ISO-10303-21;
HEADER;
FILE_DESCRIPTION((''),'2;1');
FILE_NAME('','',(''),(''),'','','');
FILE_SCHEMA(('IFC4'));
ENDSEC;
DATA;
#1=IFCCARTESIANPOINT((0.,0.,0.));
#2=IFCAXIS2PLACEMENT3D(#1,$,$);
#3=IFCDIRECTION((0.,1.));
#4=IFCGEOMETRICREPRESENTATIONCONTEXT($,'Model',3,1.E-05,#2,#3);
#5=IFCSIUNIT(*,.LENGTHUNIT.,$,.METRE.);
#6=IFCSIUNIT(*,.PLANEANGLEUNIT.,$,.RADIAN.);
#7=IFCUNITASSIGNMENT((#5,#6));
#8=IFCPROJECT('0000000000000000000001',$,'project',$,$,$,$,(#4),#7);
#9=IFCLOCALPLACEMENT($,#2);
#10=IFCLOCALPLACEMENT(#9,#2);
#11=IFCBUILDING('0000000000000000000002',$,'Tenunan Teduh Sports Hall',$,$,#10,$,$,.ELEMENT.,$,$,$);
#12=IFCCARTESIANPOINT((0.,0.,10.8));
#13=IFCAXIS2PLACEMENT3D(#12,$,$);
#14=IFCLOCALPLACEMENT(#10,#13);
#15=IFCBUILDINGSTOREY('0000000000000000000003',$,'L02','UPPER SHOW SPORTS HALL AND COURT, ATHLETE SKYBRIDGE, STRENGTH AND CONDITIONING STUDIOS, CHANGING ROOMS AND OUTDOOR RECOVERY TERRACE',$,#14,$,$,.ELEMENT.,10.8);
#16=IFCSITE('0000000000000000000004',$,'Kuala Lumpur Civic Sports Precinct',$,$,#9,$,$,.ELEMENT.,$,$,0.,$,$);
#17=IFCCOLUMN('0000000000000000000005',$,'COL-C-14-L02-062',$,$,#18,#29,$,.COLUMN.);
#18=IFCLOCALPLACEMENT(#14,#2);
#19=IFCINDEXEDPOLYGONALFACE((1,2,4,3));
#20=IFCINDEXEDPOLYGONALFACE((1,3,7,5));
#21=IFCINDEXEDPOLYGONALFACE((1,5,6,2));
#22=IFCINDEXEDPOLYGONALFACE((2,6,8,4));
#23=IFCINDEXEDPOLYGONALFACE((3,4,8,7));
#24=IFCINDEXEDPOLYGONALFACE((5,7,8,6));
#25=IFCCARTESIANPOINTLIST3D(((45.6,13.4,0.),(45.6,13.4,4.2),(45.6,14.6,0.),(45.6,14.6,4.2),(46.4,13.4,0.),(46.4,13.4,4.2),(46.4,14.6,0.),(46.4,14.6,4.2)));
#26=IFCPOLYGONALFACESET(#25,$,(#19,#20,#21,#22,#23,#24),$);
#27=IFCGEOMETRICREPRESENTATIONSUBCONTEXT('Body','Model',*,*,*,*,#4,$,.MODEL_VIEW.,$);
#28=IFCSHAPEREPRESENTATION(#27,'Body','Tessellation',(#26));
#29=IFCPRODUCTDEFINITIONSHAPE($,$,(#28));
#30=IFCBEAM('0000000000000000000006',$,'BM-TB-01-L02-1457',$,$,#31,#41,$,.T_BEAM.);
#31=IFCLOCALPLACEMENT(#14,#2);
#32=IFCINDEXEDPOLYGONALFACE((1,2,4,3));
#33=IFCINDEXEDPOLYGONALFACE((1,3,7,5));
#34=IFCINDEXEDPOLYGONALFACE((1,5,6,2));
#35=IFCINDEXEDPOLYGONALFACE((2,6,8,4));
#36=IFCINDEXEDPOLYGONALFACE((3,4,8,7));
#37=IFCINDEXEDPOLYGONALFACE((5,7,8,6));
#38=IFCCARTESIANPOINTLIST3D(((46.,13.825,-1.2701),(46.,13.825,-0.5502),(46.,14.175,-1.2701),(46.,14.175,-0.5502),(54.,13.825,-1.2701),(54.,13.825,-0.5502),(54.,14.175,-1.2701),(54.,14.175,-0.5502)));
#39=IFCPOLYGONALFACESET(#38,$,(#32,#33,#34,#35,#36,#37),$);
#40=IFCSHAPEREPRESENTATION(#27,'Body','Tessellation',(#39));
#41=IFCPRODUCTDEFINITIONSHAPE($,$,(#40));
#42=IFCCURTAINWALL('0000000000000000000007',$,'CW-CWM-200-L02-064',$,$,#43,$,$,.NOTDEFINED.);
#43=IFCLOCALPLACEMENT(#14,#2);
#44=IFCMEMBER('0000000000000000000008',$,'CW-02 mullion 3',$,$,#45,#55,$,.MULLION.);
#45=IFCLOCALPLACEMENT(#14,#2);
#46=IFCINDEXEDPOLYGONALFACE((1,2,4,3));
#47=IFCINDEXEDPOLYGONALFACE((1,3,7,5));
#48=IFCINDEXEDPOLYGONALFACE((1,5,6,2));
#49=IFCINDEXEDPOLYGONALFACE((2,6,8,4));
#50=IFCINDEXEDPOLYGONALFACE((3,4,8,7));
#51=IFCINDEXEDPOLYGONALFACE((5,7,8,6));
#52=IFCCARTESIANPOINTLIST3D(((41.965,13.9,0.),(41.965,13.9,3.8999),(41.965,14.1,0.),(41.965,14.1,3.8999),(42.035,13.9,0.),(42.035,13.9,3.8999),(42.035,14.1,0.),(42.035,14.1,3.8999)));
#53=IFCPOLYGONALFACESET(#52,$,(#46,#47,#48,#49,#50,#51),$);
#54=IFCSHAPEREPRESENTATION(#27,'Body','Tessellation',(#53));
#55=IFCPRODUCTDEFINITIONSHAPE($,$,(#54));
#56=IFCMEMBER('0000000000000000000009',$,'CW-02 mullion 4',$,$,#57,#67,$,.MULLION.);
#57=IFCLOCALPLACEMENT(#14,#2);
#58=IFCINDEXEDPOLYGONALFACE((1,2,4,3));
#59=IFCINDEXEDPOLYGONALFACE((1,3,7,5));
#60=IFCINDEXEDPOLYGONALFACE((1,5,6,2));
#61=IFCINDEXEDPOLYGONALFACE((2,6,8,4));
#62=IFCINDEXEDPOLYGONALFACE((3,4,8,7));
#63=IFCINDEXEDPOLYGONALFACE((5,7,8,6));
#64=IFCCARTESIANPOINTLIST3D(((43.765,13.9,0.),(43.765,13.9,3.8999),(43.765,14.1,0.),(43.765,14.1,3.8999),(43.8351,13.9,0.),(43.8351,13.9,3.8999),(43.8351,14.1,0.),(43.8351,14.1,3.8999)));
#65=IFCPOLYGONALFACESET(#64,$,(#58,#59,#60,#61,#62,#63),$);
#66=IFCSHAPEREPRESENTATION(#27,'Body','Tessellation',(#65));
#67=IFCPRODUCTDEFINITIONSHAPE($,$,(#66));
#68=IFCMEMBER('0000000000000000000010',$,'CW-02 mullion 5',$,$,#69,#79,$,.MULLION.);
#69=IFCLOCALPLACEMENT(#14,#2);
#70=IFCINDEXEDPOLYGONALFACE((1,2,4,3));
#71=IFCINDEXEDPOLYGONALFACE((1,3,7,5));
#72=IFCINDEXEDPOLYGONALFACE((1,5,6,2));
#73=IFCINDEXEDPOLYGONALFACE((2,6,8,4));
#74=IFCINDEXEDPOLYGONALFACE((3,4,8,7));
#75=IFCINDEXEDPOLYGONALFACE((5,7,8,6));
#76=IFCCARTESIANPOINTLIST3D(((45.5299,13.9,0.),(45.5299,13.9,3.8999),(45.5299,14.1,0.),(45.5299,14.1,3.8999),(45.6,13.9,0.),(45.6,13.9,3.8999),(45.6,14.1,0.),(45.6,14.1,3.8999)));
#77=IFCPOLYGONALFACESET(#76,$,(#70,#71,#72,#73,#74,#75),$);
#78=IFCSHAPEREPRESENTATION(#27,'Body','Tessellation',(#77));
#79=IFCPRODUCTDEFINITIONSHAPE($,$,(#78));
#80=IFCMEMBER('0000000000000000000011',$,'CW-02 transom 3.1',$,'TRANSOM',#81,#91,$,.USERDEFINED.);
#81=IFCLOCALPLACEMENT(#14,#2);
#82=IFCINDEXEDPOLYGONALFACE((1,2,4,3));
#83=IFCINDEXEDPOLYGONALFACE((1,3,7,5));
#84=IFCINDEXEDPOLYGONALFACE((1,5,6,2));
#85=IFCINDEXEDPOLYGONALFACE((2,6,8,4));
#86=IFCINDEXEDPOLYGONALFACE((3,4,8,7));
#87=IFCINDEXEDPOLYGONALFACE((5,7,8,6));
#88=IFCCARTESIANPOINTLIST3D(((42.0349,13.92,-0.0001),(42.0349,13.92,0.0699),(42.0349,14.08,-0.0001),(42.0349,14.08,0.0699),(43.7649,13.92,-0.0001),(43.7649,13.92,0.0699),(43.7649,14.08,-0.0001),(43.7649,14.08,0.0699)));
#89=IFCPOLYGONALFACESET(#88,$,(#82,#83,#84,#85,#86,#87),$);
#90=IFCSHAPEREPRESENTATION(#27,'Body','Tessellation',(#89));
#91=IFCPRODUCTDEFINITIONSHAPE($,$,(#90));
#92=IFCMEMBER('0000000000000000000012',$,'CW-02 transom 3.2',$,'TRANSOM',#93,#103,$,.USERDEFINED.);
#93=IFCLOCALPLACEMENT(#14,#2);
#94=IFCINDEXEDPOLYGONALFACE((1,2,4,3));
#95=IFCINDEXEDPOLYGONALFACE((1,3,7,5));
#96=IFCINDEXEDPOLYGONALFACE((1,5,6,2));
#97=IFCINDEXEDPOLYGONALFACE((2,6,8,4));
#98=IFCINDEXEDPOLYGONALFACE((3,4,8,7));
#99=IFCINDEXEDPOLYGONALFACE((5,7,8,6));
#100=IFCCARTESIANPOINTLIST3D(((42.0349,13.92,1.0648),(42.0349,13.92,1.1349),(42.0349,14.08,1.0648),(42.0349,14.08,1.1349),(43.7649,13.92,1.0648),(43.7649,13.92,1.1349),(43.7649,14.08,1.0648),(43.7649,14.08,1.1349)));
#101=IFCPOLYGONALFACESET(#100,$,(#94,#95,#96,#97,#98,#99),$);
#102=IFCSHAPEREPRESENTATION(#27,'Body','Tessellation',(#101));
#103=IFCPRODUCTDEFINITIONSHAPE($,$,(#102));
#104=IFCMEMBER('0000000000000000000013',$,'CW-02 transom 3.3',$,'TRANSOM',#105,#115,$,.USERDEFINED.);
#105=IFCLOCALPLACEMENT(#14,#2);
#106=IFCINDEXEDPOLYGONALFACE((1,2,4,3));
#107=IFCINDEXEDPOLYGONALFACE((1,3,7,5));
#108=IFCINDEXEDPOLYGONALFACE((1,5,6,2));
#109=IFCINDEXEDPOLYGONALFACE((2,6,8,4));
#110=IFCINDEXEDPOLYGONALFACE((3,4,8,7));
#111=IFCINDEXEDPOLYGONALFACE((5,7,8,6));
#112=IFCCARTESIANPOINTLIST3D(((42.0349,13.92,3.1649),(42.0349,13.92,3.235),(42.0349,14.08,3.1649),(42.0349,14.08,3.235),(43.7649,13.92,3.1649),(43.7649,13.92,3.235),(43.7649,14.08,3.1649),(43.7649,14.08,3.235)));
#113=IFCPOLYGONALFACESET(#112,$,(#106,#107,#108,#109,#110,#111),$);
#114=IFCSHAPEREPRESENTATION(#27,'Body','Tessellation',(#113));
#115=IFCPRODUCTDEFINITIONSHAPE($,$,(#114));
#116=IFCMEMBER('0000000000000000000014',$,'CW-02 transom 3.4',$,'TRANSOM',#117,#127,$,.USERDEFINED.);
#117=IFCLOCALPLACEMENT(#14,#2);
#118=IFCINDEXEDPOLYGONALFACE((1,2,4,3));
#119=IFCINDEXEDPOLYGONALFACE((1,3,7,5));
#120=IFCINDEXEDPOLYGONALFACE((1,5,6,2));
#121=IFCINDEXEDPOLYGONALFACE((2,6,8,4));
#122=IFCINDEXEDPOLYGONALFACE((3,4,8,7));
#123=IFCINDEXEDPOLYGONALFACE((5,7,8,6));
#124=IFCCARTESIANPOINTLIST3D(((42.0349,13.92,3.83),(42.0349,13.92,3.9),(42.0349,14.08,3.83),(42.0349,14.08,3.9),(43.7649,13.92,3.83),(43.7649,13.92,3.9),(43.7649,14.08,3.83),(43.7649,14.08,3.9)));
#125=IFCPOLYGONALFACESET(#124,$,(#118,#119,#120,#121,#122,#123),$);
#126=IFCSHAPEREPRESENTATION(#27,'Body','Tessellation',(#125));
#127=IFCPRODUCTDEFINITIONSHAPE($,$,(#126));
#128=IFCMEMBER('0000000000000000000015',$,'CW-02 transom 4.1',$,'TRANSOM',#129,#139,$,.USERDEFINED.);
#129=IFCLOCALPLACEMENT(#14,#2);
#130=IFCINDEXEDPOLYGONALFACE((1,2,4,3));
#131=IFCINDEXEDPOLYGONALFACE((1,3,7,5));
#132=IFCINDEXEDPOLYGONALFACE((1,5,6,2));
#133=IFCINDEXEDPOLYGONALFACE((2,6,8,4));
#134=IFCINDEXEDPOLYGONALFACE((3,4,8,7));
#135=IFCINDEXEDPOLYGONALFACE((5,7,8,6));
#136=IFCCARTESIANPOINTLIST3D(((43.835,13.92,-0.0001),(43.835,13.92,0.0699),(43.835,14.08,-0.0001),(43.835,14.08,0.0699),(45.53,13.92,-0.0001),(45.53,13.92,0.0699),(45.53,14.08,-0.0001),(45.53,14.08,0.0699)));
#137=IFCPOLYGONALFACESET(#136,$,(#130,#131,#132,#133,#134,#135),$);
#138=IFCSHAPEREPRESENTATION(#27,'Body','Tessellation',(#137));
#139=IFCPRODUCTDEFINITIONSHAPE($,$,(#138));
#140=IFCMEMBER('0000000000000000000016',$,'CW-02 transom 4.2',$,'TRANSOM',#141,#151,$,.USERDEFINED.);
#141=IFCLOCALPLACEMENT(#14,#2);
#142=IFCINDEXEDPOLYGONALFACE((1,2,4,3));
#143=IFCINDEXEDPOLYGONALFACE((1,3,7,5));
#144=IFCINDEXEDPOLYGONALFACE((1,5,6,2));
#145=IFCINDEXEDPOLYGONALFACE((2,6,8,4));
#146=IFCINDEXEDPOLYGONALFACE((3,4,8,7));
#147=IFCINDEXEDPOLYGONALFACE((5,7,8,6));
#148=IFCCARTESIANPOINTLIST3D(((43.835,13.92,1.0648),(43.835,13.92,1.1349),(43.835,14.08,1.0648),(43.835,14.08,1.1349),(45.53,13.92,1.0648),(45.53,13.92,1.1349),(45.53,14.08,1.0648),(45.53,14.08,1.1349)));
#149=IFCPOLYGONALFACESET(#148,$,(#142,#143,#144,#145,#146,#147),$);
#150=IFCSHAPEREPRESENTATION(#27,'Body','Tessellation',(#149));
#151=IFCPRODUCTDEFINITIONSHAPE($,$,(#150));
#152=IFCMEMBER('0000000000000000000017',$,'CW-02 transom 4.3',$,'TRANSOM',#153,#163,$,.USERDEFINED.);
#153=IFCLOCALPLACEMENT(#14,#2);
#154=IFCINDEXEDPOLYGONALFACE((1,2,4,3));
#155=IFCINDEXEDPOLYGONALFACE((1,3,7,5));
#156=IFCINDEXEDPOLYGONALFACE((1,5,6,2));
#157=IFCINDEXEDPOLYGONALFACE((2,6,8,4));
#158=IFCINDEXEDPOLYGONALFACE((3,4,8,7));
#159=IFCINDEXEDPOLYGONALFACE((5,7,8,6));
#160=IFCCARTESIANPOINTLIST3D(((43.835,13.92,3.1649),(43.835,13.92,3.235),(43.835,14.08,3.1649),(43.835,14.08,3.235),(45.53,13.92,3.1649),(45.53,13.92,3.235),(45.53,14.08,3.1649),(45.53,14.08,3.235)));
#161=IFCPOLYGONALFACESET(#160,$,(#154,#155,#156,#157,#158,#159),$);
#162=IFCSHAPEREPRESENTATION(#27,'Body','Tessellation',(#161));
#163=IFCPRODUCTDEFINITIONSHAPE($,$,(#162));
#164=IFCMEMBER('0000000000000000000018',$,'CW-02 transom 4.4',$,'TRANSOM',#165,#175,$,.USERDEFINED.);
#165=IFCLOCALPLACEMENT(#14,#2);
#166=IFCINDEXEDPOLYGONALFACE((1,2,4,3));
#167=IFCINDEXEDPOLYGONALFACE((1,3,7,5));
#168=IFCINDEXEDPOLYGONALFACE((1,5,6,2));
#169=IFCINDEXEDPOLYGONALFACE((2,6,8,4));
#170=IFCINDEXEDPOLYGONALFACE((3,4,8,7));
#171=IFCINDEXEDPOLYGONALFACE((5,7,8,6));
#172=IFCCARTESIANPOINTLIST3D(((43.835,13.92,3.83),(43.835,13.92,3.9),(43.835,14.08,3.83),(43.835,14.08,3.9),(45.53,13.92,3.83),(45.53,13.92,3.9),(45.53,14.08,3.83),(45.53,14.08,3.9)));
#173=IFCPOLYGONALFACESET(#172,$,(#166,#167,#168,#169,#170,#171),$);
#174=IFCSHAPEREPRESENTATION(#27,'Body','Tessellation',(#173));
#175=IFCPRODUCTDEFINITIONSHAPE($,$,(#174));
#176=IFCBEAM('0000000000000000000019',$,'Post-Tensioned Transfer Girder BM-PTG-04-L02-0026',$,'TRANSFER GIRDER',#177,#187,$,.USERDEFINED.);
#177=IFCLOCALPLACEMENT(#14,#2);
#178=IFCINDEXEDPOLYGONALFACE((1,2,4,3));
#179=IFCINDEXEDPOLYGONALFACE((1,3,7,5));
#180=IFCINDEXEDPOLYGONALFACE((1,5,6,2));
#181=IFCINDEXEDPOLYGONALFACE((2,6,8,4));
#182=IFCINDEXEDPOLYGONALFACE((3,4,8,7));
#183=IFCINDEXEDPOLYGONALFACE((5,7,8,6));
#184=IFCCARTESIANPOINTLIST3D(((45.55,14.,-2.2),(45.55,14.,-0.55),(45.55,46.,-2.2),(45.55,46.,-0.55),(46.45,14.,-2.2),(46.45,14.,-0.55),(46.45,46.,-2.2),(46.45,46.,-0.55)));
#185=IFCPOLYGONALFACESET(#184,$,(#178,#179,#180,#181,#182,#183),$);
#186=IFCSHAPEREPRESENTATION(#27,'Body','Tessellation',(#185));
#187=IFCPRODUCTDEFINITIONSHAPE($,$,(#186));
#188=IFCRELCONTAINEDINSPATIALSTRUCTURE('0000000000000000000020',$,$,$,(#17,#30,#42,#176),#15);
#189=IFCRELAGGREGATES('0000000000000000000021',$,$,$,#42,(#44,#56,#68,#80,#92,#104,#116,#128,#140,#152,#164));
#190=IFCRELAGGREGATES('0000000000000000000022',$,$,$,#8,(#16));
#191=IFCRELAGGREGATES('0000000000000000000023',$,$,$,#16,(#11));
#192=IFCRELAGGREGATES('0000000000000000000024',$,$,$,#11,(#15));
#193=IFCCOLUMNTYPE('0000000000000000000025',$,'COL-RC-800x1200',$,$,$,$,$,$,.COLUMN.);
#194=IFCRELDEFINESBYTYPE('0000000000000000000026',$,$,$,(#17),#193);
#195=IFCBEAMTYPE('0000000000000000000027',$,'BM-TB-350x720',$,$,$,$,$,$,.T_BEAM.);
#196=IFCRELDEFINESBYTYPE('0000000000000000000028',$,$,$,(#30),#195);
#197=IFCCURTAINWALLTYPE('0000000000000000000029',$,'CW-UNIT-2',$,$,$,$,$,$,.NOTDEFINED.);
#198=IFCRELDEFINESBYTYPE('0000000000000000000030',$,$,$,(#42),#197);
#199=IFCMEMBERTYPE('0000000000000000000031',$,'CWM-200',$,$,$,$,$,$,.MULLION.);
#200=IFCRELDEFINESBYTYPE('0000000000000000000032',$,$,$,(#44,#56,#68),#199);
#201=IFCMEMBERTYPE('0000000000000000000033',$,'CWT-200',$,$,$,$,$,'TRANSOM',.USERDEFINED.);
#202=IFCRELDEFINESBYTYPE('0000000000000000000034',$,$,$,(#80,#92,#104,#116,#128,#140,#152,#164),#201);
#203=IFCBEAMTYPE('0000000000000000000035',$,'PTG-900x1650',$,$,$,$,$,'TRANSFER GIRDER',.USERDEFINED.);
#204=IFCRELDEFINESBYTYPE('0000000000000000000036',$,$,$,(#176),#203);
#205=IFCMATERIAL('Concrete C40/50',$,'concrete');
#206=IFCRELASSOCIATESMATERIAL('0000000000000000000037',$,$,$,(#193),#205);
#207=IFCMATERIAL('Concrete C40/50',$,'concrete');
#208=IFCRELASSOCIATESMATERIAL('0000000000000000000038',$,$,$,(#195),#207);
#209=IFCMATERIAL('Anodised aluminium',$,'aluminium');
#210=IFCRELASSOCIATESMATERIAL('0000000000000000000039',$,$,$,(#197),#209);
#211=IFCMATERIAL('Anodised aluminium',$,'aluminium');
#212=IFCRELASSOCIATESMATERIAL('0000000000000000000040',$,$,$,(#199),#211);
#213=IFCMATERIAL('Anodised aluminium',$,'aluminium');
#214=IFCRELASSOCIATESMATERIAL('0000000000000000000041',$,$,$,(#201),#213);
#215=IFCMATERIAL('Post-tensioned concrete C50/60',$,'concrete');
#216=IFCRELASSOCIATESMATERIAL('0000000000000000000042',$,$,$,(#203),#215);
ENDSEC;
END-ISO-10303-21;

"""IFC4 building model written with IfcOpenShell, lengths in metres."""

from ifc_helpers import new_model, si_unit, direction, frame, origin, origin_2d, place, context, subcontext, project, spatial, rectangle, extrude, material, material_profile, profile_set, type_object, element, aggregate, save


model = new_model("IFC4")

# Units and contexts
model_context = context("Model", 3, precision=1e-05, world=origin(), true_north=direction((0.0, 1.0)))
body_context = subcontext(model_context, "Body", "Model", "MODEL_VIEW")
ifc_project = project(units=[si_unit("LENGTHUNIT", "METRE"), si_unit("PLANEANGLEUNIT", "RADIAN")], contexts=[model_context])

# Site, building, storey
site_placement = place(None, origin())
site = spatial("IfcSite", under=ifc_project, at=site_placement, Name="Kuala Lumpur Civic Sports Precinct", CompositionType="ELEMENT", RefElevation=0.0)
building_placement = place(site_placement, origin())
building = spatial("IfcBuilding", under=site, at=building_placement, Name="Tenunan Teduh Sports Hall", CompositionType="ELEMENT")
storey_placement = place(building_placement, frame((0.0, 0.0, 10.8)))
storey = spatial("IfcBuildingStorey", under=building, at=storey_placement, Name="L02", Description="UPPER SHOW SPORTS HALL AND COURT, ATHLETE SKYBRIDGE, STRENGTH AND CONDITIONING STUDIOS, CHANGING ROOMS AND OUTDOOR RECOVERY TERRACE", CompositionType="ELEMENT", Elevation=10.8)

# Column
ifc_material_1 = material(Name="Concrete C40/50", Category="concrete")
ifc_material_profile_1 = material_profile(ifc_material_1, rectangle(XDim=0.8, YDim=1.2, at=origin_2d()), Name="RC 800x1200")
ifc_profile_set_1 = profile_set([ifc_material_profile_1], Name="Concrete C40/50")
column_type = type_object("IfcColumnType", Name="COL-RC-800x1200", PredefinedType="COLUMN", material=ifc_profile_set_1)
column_placement = place(storey_placement, frame((46.0, 14.0, 0.0), z_axis=(0.0, 0.0, 1.0), x_axis=(1.0, 0.0, 0.0)))
element("IfcColumn", 1, at=column_placement, inside=storey, type_object=column_type, Name="COL-C-14-L02-062", PredefinedType="COLUMN", context=body_context, shape_type="SweptSolid", body=[
    extrude(rectangle(XDim=0.8, YDim=1.2, at=origin_2d()), origin(), (0.0, 0.0, 1.0), 4.2),
])

# Beam
ifc_material_2 = material(Name="Concrete C40/50", Category="concrete")
ifc_material_profile_2 = material_profile(ifc_material_2, rectangle(XDim=0.3501, YDim=0.72, at=origin_2d()), Name="TB 350x720")
ifc_profile_set_2 = profile_set([ifc_material_profile_2], Name="Concrete C40/50")
beam_type_1 = type_object("IfcBeamType", Name="BM-TB-350x720", PredefinedType="T_BEAM", material=ifc_profile_set_2)
beam_1_placement = place(storey_placement, frame((46.0, 14.0, -0.9102), z_axis=(1.0, 0.0, 0.0), x_axis=(0.0, 1.0, 0.0)))
element("IfcBeam", 2, at=beam_1_placement, inside=storey, type_object=beam_type_1, Name="BM-TB-01-L02-1457", PredefinedType="T_BEAM", context=body_context, shape_type="SweptSolid", body=[
    extrude(rectangle(XDim=0.3501, YDim=0.72, at=origin_2d()), origin(), (0.0, 0.0, 1.0), 8.0),
])

# Curtain wall, members
ifc_material_3 = material(Name="Anodised aluminium", Category="aluminium")
curtain_wall_type = type_object("IfcCurtainWallType", Name="CW-UNIT-2", PredefinedType="NOTDEFINED", material=ifc_material_3)
curtain_wall_placement = place(storey_placement, origin())
curtain_wall = element("IfcCurtainWall", 3, at=curtain_wall_placement, inside=storey, type_object=curtain_wall_type, Name="CW-CWM-200-L02-064", PredefinedType="NOTDEFINED")
ifc_material_4 = material(Name="Anodised aluminium", Category="aluminium")
ifc_material_profile_3 = material_profile(ifc_material_4, rectangle(XDim=0.0701, YDim=0.2, at=origin_2d()), Name="CWM 70x200")
ifc_profile_set_3 = profile_set([ifc_material_profile_3], Name="Anodised aluminium")
member_type_1 = type_object("IfcMemberType", Name="CWM-200", PredefinedType="MULLION", material=ifc_profile_set_3)
member_1_placement = place(storey_placement, frame((42.0, 14.0, 0.0), z_axis=(0.0, 0.0, 1.0), x_axis=(1.0, 0.0, 0.0)))
member_1 = element("IfcMember", 4, at=member_1_placement, type_object=member_type_1, Name="CW-02 mullion 3", PredefinedType="MULLION", context=body_context, shape_type="SweptSolid", body=[
    extrude(rectangle(XDim=0.0701, YDim=0.2, at=origin_2d()), origin(), (0.0, 0.0, 1.0), 3.8999),
])
member_2_placement = place(storey_placement, frame((43.8, 14.0, 0.0), z_axis=(0.0, 0.0, 1.0), x_axis=(1.0, 0.0, 0.0)))
member_2 = element("IfcMember", 5, at=member_2_placement, type_object=member_type_1, Name="CW-02 mullion 4", PredefinedType="MULLION", context=body_context, shape_type="SweptSolid", body=[
    extrude(rectangle(XDim=0.0701, YDim=0.2, at=origin_2d()), origin(), (0.0, 0.0, 1.0), 3.8999),
])
member_3_placement = place(storey_placement, frame((45.5649, 14.0, 0.0), z_axis=(0.0, 0.0, 1.0), x_axis=(1.0, 0.0, 0.0)))
member_3 = element("IfcMember", 6, at=member_3_placement, type_object=member_type_1, Name="CW-02 mullion 5", PredefinedType="MULLION", context=body_context, shape_type="SweptSolid", body=[
    extrude(rectangle(XDim=0.0701, YDim=0.2, at=origin_2d()), origin(), (0.0, 0.0, 1.0), 3.8999),
])
ifc_material_5 = material(Name="Anodised aluminium", Category="aluminium")
ifc_material_profile_4 = material_profile(ifc_material_5, rectangle(XDim=0.0701, YDim=0.1599, at=origin_2d()), Name="CWT 70x160")
ifc_profile_set_4 = profile_set([ifc_material_profile_4], Name="Anodised aluminium")
member_type_2 = type_object("IfcMemberType", Name="CWT-200", ElementType="TRANSOM", PredefinedType="USERDEFINED", material=ifc_profile_set_4)
member_4_placement = place(storey_placement, frame((42.0349, 14.0, 0.0349), z_axis=(1.0, 0.0, 0.0), x_axis=(0.0, 0.0, 1.0)))
member_4 = element("IfcMember", 7, at=member_4_placement, type_object=member_type_2, Name="CW-02 transom 3.1", ObjectType="TRANSOM", PredefinedType="USERDEFINED", context=body_context, shape_type="SweptSolid", body=[
    extrude(rectangle(XDim=0.0701, YDim=0.1599, at=origin_2d()), origin(), (0.0, 0.0, 1.0), 1.73),
])
member_5_placement = place(storey_placement, frame((42.0349, 14.0, 1.0999), z_axis=(1.0, 0.0, 0.0), x_axis=(0.0, 0.0, 1.0)))
member_5 = element("IfcMember", 8, at=member_5_placement, type_object=member_type_2, Name="CW-02 transom 3.2", ObjectType="TRANSOM", PredefinedType="USERDEFINED", context=body_context, shape_type="SweptSolid", body=[
    extrude(rectangle(XDim=0.0701, YDim=0.1599, at=origin_2d()), origin(), (0.0, 0.0, 1.0), 1.73),
])
member_6_placement = place(storey_placement, frame((42.0349, 14.0, 3.2), z_axis=(1.0, 0.0, 0.0), x_axis=(0.0, 0.0, 1.0)))
member_6 = element("IfcMember", 9, at=member_6_placement, type_object=member_type_2, Name="CW-02 transom 3.3", ObjectType="TRANSOM", PredefinedType="USERDEFINED", context=body_context, shape_type="SweptSolid", body=[
    extrude(rectangle(XDim=0.0701, YDim=0.1599, at=origin_2d()), origin(), (0.0, 0.0, 1.0), 1.73),
])
member_7_placement = place(storey_placement, frame((42.0349, 14.0, 3.865), z_axis=(1.0, 0.0, 0.0), x_axis=(0.0, 0.0, 1.0)))
member_7 = element("IfcMember", 10, at=member_7_placement, type_object=member_type_2, Name="CW-02 transom 3.4", ObjectType="TRANSOM", PredefinedType="USERDEFINED", context=body_context, shape_type="SweptSolid", body=[
    extrude(rectangle(XDim=0.0701, YDim=0.1599, at=origin_2d()), origin(), (0.0, 0.0, 1.0), 1.73),
])
member_8_placement = place(storey_placement, frame((43.835, 14.0, 0.0349), z_axis=(1.0, 0.0, 0.0), x_axis=(0.0, 0.0, 1.0)))
member_8 = element("IfcMember", 11, at=member_8_placement, type_object=member_type_2, Name="CW-02 transom 4.1", ObjectType="TRANSOM", PredefinedType="USERDEFINED", context=body_context, shape_type="SweptSolid", body=[
    extrude(rectangle(XDim=0.0701, YDim=0.1599, at=origin_2d()), origin(), (0.0, 0.0, 1.0), 1.6951),
])
member_9_placement = place(storey_placement, frame((43.835, 14.0, 1.0999), z_axis=(1.0, 0.0, 0.0), x_axis=(0.0, 0.0, 1.0)))
member_9 = element("IfcMember", 12, at=member_9_placement, type_object=member_type_2, Name="CW-02 transom 4.2", ObjectType="TRANSOM", PredefinedType="USERDEFINED", context=body_context, shape_type="SweptSolid", body=[
    extrude(rectangle(XDim=0.0701, YDim=0.1599, at=origin_2d()), origin(), (0.0, 0.0, 1.0), 1.6951),
])
member_10_placement = place(storey_placement, frame((43.835, 14.0, 3.2), z_axis=(1.0, 0.0, 0.0), x_axis=(0.0, 0.0, 1.0)))
member_10 = element("IfcMember", 13, at=member_10_placement, type_object=member_type_2, Name="CW-02 transom 4.3", ObjectType="TRANSOM", PredefinedType="USERDEFINED", context=body_context, shape_type="SweptSolid", body=[
    extrude(rectangle(XDim=0.0701, YDim=0.1599, at=origin_2d()), origin(), (0.0, 0.0, 1.0), 1.6951),
])
member_11_placement = place(storey_placement, frame((43.835, 14.0, 3.865), z_axis=(1.0, 0.0, 0.0), x_axis=(0.0, 0.0, 1.0)))
member_11 = element("IfcMember", 14, at=member_11_placement, type_object=member_type_2, Name="CW-02 transom 4.4", ObjectType="TRANSOM", PredefinedType="USERDEFINED", context=body_context, shape_type="SweptSolid", body=[
    extrude(rectangle(XDim=0.0701, YDim=0.1599, at=origin_2d()), origin(), (0.0, 0.0, 1.0), 1.6951),
])

# Beam
ifc_material_6 = material(Name="Post-tensioned concrete C50/60", Category="concrete")
ifc_material_profile_5 = material_profile(ifc_material_6, rectangle(XDim=0.8999, YDim=1.6499, at=origin_2d()), Name="PTG 900x1650")
ifc_profile_set_5 = profile_set([ifc_material_profile_5], Name="Post-tensioned concrete C50/60")
beam_type_2 = type_object("IfcBeamType", Name="PTG-900x1650", ElementType="TRANSFER GIRDER", PredefinedType="USERDEFINED", material=ifc_profile_set_5)
beam_2_placement = place(storey_placement, frame((46.0, 14.0, -1.375), z_axis=(0.0, 1.0, 0.0), x_axis=(-1.0, 0.0, 0.0)))
element("IfcBeam", 15, at=beam_2_placement, inside=storey, type_object=beam_type_2, Name="Post-Tensioned Transfer Girder BM-PTG-04-L02-0026", ObjectType="TRANSFER GIRDER", PredefinedType="USERDEFINED", context=body_context, shape_type="SweptSolid", body=[
    extrude(rectangle(XDim=0.8999, YDim=1.6499, at=origin_2d()), origin(), (0.0, 0.0, 1.0), 32.0),
])

aggregate(curtain_wall, [member_1, member_2, member_3, member_4, member_5, member_6, member_7, member_8, member_9, member_10, member_11])

save(model, "model.ifc")
